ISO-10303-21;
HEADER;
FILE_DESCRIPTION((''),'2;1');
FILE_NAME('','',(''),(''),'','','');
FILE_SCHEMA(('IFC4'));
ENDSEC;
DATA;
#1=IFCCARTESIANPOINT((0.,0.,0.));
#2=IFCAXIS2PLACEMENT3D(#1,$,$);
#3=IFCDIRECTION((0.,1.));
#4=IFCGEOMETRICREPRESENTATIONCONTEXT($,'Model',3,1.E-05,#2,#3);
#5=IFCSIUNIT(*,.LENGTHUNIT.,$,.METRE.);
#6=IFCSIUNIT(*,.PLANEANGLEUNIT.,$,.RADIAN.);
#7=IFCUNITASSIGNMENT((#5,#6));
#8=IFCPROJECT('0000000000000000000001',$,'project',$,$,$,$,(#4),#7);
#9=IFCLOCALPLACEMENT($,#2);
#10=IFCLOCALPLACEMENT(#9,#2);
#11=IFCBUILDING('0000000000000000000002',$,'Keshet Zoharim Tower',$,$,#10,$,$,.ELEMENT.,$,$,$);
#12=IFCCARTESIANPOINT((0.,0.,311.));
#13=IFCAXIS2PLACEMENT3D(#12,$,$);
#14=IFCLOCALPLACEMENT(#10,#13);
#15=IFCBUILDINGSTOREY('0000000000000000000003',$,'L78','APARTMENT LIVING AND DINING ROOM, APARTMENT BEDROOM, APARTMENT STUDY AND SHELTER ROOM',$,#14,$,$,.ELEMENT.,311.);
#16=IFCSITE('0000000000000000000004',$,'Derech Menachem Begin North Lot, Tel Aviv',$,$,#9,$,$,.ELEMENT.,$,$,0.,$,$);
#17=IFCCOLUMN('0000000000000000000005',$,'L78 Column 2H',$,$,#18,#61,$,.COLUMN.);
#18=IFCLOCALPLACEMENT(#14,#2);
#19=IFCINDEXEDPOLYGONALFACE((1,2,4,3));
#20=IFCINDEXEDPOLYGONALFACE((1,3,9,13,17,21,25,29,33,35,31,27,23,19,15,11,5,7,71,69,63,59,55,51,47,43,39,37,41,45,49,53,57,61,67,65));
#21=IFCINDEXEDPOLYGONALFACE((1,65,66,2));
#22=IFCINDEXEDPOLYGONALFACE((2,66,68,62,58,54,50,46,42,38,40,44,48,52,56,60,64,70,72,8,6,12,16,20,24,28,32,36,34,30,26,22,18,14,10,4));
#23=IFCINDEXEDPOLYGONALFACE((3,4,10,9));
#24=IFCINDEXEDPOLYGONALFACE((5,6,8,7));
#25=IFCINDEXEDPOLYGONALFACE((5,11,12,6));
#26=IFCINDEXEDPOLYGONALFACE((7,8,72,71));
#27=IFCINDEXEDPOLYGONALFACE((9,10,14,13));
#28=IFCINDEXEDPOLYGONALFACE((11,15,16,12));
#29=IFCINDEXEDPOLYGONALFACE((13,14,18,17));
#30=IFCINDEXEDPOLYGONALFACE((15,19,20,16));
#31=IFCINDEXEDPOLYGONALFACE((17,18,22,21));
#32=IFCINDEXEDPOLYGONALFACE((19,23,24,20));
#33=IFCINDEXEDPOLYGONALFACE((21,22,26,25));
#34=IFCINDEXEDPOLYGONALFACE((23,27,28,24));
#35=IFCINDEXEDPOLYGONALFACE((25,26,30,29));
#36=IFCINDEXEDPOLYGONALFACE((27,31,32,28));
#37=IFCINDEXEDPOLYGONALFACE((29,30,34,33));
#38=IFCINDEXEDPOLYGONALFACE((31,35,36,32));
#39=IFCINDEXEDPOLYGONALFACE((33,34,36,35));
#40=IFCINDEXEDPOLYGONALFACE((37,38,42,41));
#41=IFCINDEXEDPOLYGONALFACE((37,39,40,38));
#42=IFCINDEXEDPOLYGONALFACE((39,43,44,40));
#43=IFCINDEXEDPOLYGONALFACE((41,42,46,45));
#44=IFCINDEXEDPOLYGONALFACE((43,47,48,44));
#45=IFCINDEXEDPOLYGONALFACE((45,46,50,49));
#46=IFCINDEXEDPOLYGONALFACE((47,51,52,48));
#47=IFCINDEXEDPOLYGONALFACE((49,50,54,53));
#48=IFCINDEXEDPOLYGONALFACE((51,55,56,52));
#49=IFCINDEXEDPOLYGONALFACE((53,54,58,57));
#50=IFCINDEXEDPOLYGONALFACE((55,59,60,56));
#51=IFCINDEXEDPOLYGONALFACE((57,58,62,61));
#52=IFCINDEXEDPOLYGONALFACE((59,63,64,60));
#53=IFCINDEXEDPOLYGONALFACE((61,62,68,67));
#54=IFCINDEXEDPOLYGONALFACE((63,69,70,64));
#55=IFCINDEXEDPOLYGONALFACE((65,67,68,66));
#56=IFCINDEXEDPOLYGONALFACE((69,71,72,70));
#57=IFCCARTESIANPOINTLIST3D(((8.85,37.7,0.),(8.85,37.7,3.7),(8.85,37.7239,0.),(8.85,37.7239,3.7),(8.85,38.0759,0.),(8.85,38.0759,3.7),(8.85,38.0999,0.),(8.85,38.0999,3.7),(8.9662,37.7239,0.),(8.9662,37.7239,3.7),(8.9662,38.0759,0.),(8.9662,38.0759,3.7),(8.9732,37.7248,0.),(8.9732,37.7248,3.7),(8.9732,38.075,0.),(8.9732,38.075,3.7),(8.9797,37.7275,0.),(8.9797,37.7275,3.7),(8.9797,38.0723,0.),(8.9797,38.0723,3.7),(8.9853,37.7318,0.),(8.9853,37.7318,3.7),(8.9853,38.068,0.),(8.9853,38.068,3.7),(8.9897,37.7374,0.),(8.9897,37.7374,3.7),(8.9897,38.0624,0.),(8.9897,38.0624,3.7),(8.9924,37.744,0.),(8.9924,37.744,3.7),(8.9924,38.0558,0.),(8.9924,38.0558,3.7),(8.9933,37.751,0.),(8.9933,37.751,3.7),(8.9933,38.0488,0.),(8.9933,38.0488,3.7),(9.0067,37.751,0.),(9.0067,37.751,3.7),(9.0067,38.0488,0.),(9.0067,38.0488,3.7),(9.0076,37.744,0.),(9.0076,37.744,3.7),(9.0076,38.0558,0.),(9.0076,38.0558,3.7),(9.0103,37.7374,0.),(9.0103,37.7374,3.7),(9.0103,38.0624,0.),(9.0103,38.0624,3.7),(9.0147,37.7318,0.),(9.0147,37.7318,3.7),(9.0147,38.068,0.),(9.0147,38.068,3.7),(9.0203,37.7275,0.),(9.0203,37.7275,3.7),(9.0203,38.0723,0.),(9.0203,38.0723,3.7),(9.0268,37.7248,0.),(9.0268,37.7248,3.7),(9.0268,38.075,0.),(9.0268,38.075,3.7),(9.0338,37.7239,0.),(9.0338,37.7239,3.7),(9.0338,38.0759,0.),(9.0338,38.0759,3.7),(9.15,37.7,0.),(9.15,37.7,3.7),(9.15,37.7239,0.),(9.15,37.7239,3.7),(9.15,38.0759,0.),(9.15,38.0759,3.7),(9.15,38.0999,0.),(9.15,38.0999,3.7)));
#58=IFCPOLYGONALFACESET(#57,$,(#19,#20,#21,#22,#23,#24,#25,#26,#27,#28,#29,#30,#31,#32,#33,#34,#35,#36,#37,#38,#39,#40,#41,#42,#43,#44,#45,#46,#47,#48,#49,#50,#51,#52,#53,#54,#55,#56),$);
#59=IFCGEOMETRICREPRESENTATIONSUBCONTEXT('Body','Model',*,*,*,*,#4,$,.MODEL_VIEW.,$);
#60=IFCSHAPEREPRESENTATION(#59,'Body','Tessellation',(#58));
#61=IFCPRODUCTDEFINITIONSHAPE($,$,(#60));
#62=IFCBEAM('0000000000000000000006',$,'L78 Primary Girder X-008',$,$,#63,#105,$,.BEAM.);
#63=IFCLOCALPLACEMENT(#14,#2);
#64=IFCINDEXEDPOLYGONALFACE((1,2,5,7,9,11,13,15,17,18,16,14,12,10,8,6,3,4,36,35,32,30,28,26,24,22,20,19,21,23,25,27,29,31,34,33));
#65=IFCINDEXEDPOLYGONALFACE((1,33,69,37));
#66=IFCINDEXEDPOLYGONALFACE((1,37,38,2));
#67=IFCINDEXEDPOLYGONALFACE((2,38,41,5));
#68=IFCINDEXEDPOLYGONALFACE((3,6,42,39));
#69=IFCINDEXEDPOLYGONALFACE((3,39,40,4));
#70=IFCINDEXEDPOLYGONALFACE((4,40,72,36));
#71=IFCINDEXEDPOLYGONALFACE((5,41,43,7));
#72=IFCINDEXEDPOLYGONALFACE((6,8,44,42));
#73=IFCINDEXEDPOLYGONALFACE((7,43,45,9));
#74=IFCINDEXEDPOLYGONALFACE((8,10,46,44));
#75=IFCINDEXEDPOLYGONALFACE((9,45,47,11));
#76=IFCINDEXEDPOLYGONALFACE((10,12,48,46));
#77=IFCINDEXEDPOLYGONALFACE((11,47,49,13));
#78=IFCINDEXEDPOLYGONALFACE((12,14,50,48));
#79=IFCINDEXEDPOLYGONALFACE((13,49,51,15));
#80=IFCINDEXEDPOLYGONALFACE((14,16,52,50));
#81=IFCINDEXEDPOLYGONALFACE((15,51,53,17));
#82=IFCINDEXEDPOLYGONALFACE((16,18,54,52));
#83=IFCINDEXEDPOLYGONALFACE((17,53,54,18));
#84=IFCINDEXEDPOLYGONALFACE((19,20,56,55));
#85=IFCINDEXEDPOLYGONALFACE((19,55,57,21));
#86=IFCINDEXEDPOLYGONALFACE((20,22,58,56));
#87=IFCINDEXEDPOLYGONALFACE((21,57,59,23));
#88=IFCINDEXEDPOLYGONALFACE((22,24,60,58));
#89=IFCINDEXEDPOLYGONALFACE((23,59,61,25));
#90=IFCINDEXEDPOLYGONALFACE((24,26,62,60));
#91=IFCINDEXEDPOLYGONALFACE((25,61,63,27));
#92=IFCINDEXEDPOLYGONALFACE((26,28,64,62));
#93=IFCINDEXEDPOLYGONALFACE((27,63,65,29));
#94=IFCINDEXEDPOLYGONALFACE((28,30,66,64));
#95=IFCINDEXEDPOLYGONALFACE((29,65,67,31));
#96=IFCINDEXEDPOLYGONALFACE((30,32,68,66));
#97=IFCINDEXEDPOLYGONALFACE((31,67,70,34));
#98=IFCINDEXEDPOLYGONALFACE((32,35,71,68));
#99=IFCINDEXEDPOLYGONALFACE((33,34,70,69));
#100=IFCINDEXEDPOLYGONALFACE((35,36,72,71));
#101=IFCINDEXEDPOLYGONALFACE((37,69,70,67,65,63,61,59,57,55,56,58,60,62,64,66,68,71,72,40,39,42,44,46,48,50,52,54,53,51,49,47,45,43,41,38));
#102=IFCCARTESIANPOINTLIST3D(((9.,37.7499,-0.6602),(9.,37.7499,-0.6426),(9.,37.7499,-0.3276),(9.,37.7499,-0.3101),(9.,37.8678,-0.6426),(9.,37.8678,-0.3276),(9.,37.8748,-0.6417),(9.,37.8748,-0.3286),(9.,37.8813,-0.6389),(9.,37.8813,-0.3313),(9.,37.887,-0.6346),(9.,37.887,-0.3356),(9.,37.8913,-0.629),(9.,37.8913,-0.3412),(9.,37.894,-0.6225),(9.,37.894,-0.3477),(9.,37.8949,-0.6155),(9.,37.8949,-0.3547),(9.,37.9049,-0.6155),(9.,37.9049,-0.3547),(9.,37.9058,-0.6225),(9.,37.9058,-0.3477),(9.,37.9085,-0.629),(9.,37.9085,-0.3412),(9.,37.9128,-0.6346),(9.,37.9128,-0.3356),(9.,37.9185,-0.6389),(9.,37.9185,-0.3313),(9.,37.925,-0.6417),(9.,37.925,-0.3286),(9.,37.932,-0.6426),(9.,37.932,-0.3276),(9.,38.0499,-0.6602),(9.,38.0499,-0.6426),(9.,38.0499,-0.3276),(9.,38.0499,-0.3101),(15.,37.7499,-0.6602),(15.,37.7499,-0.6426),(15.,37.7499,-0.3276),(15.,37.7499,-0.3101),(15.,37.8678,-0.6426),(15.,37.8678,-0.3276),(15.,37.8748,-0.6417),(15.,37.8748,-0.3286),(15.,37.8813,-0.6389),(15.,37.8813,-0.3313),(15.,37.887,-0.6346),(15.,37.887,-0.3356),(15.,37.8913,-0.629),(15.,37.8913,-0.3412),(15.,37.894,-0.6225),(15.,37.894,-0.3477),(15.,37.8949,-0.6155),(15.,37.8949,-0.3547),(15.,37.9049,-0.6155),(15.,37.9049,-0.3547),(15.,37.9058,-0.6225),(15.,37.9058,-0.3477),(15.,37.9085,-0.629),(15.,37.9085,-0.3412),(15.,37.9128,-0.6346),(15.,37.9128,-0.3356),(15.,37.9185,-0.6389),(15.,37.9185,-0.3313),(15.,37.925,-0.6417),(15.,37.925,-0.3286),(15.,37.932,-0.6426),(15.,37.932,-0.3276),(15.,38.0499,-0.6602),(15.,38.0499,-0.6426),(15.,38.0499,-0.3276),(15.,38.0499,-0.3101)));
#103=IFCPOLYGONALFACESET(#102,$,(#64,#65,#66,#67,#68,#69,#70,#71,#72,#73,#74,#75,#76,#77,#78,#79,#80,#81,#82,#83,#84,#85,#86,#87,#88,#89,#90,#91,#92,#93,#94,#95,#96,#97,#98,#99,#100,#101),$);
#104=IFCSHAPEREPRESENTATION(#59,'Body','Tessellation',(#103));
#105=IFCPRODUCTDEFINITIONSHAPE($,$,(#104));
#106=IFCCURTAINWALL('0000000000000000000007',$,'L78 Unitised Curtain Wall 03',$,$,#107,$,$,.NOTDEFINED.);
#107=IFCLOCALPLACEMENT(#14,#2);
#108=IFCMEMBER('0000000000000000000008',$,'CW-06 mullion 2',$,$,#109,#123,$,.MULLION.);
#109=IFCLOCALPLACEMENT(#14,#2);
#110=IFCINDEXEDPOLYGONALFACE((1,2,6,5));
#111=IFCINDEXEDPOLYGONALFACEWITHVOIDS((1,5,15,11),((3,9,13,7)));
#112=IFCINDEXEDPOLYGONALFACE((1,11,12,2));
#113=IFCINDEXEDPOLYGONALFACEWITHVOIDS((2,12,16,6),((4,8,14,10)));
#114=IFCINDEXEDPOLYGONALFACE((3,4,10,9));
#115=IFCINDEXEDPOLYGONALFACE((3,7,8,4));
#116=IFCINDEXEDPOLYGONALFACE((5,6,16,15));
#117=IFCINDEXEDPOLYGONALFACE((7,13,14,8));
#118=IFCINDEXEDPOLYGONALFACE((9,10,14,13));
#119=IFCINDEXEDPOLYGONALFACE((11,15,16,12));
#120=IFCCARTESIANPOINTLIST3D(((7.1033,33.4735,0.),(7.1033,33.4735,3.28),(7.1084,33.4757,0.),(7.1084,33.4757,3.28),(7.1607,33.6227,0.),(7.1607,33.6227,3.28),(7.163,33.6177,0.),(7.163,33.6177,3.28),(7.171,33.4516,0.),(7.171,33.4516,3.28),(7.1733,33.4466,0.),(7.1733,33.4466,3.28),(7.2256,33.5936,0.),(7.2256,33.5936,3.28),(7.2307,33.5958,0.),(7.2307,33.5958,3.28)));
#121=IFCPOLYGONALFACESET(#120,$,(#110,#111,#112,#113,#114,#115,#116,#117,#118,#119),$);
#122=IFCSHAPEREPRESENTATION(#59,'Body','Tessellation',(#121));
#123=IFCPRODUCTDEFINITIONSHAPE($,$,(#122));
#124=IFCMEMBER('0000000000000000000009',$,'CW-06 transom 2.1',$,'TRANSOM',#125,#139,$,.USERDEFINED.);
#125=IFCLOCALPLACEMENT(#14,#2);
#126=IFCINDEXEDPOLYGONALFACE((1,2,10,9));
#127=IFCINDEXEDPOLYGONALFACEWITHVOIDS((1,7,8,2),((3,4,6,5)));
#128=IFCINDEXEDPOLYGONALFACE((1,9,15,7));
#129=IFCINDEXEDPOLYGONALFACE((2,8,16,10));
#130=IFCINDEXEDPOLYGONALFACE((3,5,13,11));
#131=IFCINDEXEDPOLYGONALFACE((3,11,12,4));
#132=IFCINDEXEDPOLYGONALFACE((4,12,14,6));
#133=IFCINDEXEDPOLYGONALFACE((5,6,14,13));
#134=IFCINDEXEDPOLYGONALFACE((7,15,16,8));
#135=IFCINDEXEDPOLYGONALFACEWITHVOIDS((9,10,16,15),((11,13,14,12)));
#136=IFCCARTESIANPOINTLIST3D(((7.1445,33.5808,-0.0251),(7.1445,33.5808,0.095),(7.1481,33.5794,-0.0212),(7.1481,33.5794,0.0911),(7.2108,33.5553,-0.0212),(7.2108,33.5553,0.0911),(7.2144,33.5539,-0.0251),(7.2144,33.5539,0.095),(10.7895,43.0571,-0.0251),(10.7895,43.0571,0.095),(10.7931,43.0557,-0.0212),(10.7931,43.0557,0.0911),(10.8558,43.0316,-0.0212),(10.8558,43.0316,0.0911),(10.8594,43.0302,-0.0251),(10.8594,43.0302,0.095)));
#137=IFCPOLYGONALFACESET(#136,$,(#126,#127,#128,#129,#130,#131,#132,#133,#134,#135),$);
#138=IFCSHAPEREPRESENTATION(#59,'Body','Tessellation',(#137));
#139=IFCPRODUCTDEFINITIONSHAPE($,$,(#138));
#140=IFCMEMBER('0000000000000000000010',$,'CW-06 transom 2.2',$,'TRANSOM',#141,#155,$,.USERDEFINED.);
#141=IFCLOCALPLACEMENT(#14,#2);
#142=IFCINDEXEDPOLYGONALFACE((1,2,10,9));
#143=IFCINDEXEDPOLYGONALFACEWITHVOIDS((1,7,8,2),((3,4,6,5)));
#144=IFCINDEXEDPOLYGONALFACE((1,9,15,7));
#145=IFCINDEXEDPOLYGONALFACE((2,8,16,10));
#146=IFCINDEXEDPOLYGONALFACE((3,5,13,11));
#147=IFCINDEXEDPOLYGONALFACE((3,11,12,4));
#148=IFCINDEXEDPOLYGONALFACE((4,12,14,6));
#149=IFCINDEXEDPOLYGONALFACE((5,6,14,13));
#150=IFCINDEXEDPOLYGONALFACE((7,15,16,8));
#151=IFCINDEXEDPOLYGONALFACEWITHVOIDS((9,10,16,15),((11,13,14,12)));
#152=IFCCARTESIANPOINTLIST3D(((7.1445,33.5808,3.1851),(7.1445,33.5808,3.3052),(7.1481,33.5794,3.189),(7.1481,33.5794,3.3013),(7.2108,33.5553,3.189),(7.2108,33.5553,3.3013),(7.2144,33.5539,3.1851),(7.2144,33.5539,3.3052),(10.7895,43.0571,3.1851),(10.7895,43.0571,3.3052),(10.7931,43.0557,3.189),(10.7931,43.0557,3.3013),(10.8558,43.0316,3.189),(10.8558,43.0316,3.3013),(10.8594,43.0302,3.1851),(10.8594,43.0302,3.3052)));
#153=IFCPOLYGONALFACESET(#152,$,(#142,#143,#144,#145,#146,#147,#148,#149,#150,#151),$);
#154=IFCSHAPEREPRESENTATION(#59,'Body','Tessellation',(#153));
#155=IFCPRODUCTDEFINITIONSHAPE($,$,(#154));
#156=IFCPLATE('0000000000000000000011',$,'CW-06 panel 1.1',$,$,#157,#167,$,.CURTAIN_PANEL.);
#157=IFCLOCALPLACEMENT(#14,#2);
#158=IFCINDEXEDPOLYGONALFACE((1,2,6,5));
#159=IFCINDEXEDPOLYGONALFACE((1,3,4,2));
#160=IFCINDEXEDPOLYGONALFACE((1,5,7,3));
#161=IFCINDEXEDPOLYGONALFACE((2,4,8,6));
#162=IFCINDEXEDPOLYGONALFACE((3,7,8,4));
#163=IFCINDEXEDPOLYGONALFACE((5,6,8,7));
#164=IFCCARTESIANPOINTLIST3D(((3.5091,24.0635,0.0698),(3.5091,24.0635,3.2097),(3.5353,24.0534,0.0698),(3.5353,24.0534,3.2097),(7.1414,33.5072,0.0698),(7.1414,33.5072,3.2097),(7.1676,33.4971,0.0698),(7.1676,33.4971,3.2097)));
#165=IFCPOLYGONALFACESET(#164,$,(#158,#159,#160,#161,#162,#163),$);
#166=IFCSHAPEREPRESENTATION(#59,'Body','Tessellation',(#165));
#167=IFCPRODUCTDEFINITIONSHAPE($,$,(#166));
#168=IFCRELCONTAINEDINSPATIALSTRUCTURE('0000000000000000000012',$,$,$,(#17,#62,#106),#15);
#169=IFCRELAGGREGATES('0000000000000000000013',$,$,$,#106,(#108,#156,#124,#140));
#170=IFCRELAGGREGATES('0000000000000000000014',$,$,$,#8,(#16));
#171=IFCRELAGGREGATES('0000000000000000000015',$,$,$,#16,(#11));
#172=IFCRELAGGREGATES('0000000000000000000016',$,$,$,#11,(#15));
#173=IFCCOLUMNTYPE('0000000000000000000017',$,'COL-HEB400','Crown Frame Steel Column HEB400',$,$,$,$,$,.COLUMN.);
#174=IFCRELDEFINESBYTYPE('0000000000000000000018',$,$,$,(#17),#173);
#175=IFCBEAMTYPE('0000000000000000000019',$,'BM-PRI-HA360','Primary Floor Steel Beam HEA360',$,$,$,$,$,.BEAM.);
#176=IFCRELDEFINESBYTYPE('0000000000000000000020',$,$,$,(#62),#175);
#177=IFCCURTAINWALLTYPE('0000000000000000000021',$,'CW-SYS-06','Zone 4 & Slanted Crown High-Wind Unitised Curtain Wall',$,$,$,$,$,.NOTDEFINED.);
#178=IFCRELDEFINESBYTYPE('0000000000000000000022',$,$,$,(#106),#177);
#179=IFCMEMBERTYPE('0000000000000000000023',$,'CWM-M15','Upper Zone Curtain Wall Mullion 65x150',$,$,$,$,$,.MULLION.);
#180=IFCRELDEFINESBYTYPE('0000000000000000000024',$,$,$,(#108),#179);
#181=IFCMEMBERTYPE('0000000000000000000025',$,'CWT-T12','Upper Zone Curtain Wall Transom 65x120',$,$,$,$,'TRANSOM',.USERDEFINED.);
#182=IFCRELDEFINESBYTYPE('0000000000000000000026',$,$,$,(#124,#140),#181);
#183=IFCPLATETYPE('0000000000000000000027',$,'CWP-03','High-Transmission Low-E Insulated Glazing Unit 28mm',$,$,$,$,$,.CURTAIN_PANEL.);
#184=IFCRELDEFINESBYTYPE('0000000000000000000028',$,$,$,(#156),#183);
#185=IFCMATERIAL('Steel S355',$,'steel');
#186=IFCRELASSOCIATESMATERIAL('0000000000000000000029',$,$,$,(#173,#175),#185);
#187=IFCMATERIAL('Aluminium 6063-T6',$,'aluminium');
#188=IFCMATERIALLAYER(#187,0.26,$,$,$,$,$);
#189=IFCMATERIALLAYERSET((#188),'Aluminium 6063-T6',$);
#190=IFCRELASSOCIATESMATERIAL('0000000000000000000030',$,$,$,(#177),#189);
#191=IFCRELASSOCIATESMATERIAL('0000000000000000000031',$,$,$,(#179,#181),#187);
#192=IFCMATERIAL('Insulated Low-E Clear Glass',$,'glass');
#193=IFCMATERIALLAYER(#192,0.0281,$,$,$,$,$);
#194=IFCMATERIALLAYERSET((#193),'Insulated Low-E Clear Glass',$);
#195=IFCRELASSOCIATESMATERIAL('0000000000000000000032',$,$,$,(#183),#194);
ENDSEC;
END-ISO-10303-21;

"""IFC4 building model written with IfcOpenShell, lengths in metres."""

from ifc_helpers import new_model, si_unit, direction, frame, origin, origin_2d, place, context, subcontext, project, spatial, rectangle, hollow_rectangle, i_section, extrude, material, layer, layer_set, material_profile, profile_set, type_object, element, aggregate, save


model = new_model("IFC4")

# Units and contexts
model_context = context("Model", 3, precision=1e-05, world=origin(), true_north=direction((0.0, 1.0)))
body_context = subcontext(model_context, "Body", "Model", "MODEL_VIEW")
ifc_project = project(units=[si_unit("LENGTHUNIT", "METRE"), si_unit("PLANEANGLEUNIT", "RADIAN")], contexts=[model_context])

# Site, building, storey
site_placement = place(None, origin())
site = spatial("IfcSite", under=ifc_project, at=site_placement, Name="Derech Menachem Begin North Lot, Tel Aviv", CompositionType="ELEMENT", RefElevation=0.0)
building_placement = place(site_placement, origin())
building = spatial("IfcBuilding", under=site, at=building_placement, Name="Keshet Zoharim Tower", CompositionType="ELEMENT")
storey_placement = place(building_placement, frame((0.0, 0.0, 311.0)))
storey = spatial("IfcBuildingStorey", under=building, at=storey_placement, Name="L78", Description="APARTMENT LIVING AND DINING ROOM, APARTMENT BEDROOM, APARTMENT STUDY AND SHELTER ROOM", CompositionType="ELEMENT", Elevation=311.0)

# Column
ifc_material_1 = material(Name="Steel S355", Category="steel")
ifc_material_profile_1 = material_profile(ifc_material_1, i_section(OverallWidth=0.3, OverallDepth=0.3999, WebThickness=0.0134, FlangeThickness=0.0239, FilletRadius=0.0271, at=origin_2d()), Name="HEB400")
ifc_profile_set_1 = profile_set([ifc_material_profile_1], Name="Steel S355")
column_type = type_object("IfcColumnType", Name="COL-HEB400", Description="Crown Frame Steel Column HEB400", PredefinedType="COLUMN", material=ifc_profile_set_1)
column_placement = place(storey_placement, frame((9.0, 37.8999, 0.0), z_axis=(0.0, 0.0, 1.0), x_axis=(1.0, 0.0, 0.0)))
element("IfcColumn", 1, at=column_placement, inside=storey, type_object=column_type, Name="L78 Column 2H", PredefinedType="COLUMN", context=body_context, shape_type="SweptSolid", body=[
    extrude(i_section(OverallWidth=0.3, OverallDepth=0.3999, WebThickness=0.0134, FlangeThickness=0.0239, FilletRadius=0.0271, at=origin_2d()), origin(), (0.0, 0.0, 1.0), 3.7),
])

# Beam
ifc_material_profile_2 = material_profile(ifc_material_1, i_section(OverallWidth=0.3, OverallDepth=0.3501, WebThickness=0.01, FlangeThickness=0.0176, FilletRadius=0.0271, at=origin_2d()), Name="HEA360")
ifc_profile_set_2 = profile_set([ifc_material_profile_2], Name="Steel S355")
beam_type = type_object("IfcBeamType", Name="BM-PRI-HA360", Description="Primary Floor Steel Beam HEA360", PredefinedType="BEAM", material=ifc_profile_set_2)
beam_placement = place(storey_placement, frame((9.0, 37.8999, -0.4851), z_axis=(1.0, 0.0, 0.0), x_axis=(0.0, 1.0, 0.0)))
element("IfcBeam", 2, at=beam_placement, inside=storey, type_object=beam_type, Name="L78 Primary Girder X-008", PredefinedType="BEAM", context=body_context, shape_type="SweptSolid", body=[
    extrude(i_section(OverallWidth=0.3, OverallDepth=0.3501, WebThickness=0.01, FlangeThickness=0.0176, FilletRadius=0.0271, at=origin_2d()), origin(), (0.0, 0.0, 1.0), 6.0),
])

# Curtain wall, members, plate
ifc_material_2 = material(Name="Aluminium 6063-T6", Category="aluminium")
ifc_layer_1 = layer(ifc_material_2, 0.26)
ifc_layer_set_1 = layer_set([ifc_layer_1], Name="Aluminium 6063-T6")
curtain_wall_type = type_object("IfcCurtainWallType", Name="CW-SYS-06", Description="Zone 4 & Slanted Crown High-Wind Unitised Curtain Wall", PredefinedType="NOTDEFINED", material=ifc_layer_set_1)
curtain_wall_placement = place(storey_placement, origin())
curtain_wall = element("IfcCurtainWall", 3, at=curtain_wall_placement, inside=storey, type_object=curtain_wall_type, Name="L78 Unitised Curtain Wall 03", PredefinedType="NOTDEFINED")
ifc_material_profile_3 = material_profile(ifc_material_2, hollow_rectangle(XDim=0.075, YDim=0.1599, WallThickness=0.0039, at=origin_2d()), Name="MUL-75x160")
ifc_profile_set_3 = profile_set([ifc_material_profile_3], Name="Aluminium 6063-T6")
member_type_1 = type_object("IfcMemberType", Name="CWM-M15", Description="Upper Zone Curtain Wall Mullion 65x150", PredefinedType="MULLION", material=ifc_profile_set_3)
member_1_placement = place(storey_placement, frame((7.167, 33.5347, 0.0), z_axis=(0.0, 0.0, 1.0), x_axis=(-0.933341, 0.35899, 0.0)))
member_1 = element("IfcMember", 4, at=member_1_placement, type_object=member_type_1, Name="CW-06 mullion 2", PredefinedType="MULLION", context=body_context, shape_type="SweptSolid", body=[
    extrude(hollow_rectangle(XDim=0.075, YDim=0.1599, WallThickness=0.0039, at=origin_2d()), origin(), (0.0, 0.0, 1.0), 3.28),
])
ifc_material_profile_4 = material_profile(ifc_material_2, hollow_rectangle(XDim=0.075, YDim=0.1201, WallThickness=0.0039, at=origin_2d()), Name="TRN-75x120")
ifc_profile_set_4 = profile_set([ifc_material_profile_4], Name="Aluminium 6063-T6")
member_type_2 = type_object("IfcMemberType", Name="CWT-T12", Description="Upper Zone Curtain Wall Transom 65x120", ElementType="TRANSOM", PredefinedType="USERDEFINED", material=ifc_profile_set_4)
member_2_placement = place(storey_placement, frame((7.1794, 33.5674, 0.0349), z_axis=(0.359003, 0.933336, 0.0), x_axis=(-0.933336, 0.359003, 0.0)))
member_2 = element("IfcMember", 5, at=member_2_placement, type_object=member_type_2, Name="CW-06 transom 2.1", ObjectType="TRANSOM", PredefinedType="USERDEFINED", context=body_context, shape_type="SweptSolid", body=[
    extrude(hollow_rectangle(XDim=0.075, YDim=0.1201, WallThickness=0.0039, at=origin_2d()), origin(), (0.0, 0.0, 1.0), 10.1531),
])
member_3_placement = place(storey_placement, frame((7.1794, 33.5674, 3.2451), z_axis=(0.359003, 0.933336, 0.0), x_axis=(-0.933336, 0.359003, 0.0)))
member_3 = element("IfcMember", 6, at=member_3_placement, type_object=member_type_2, Name="CW-06 transom 2.2", ObjectType="TRANSOM", PredefinedType="USERDEFINED", context=body_context, shape_type="SweptSolid", body=[
    extrude(hollow_rectangle(XDim=0.075, YDim=0.1201, WallThickness=0.0039, at=origin_2d()), origin(), (0.0, 0.0, 1.0), 10.1531),
])
ifc_material_3 = material(Name="Insulated Low-E Clear Glass", Category="glass")
ifc_layer_2 = layer(ifc_material_3, 0.0281)
ifc_layer_set_2 = layer_set([ifc_layer_2], Name="Insulated Low-E Clear Glass")
plate_type = type_object("IfcPlateType", Name="CWP-03", Description="High-Transmission Low-E Insulated Glazing Unit 28mm", PredefinedType="CURTAIN_PANEL", material=ifc_layer_set_2)
plate_placement = place(storey_placement, frame((5.3384, 28.7803, 0.0698), z_axis=(0.0, 0.0, 1.0), x_axis=(0.35899, 0.933341, 0.0)))
plate = element("IfcPlate", 7, at=plate_placement, type_object=plate_type, Name="CW-06 panel 1.1", PredefinedType="CURTAIN_PANEL", context=body_context, shape_type="SweptSolid", body=[
    extrude(rectangle(XDim=10.1182, YDim=0.0281, at=origin_2d()), origin(), (0.0, 0.0, 1.0), 3.1399),
])
aggregate(curtain_wall, [member_1, plate, member_2, member_3])

save(model, "model.ifc")
